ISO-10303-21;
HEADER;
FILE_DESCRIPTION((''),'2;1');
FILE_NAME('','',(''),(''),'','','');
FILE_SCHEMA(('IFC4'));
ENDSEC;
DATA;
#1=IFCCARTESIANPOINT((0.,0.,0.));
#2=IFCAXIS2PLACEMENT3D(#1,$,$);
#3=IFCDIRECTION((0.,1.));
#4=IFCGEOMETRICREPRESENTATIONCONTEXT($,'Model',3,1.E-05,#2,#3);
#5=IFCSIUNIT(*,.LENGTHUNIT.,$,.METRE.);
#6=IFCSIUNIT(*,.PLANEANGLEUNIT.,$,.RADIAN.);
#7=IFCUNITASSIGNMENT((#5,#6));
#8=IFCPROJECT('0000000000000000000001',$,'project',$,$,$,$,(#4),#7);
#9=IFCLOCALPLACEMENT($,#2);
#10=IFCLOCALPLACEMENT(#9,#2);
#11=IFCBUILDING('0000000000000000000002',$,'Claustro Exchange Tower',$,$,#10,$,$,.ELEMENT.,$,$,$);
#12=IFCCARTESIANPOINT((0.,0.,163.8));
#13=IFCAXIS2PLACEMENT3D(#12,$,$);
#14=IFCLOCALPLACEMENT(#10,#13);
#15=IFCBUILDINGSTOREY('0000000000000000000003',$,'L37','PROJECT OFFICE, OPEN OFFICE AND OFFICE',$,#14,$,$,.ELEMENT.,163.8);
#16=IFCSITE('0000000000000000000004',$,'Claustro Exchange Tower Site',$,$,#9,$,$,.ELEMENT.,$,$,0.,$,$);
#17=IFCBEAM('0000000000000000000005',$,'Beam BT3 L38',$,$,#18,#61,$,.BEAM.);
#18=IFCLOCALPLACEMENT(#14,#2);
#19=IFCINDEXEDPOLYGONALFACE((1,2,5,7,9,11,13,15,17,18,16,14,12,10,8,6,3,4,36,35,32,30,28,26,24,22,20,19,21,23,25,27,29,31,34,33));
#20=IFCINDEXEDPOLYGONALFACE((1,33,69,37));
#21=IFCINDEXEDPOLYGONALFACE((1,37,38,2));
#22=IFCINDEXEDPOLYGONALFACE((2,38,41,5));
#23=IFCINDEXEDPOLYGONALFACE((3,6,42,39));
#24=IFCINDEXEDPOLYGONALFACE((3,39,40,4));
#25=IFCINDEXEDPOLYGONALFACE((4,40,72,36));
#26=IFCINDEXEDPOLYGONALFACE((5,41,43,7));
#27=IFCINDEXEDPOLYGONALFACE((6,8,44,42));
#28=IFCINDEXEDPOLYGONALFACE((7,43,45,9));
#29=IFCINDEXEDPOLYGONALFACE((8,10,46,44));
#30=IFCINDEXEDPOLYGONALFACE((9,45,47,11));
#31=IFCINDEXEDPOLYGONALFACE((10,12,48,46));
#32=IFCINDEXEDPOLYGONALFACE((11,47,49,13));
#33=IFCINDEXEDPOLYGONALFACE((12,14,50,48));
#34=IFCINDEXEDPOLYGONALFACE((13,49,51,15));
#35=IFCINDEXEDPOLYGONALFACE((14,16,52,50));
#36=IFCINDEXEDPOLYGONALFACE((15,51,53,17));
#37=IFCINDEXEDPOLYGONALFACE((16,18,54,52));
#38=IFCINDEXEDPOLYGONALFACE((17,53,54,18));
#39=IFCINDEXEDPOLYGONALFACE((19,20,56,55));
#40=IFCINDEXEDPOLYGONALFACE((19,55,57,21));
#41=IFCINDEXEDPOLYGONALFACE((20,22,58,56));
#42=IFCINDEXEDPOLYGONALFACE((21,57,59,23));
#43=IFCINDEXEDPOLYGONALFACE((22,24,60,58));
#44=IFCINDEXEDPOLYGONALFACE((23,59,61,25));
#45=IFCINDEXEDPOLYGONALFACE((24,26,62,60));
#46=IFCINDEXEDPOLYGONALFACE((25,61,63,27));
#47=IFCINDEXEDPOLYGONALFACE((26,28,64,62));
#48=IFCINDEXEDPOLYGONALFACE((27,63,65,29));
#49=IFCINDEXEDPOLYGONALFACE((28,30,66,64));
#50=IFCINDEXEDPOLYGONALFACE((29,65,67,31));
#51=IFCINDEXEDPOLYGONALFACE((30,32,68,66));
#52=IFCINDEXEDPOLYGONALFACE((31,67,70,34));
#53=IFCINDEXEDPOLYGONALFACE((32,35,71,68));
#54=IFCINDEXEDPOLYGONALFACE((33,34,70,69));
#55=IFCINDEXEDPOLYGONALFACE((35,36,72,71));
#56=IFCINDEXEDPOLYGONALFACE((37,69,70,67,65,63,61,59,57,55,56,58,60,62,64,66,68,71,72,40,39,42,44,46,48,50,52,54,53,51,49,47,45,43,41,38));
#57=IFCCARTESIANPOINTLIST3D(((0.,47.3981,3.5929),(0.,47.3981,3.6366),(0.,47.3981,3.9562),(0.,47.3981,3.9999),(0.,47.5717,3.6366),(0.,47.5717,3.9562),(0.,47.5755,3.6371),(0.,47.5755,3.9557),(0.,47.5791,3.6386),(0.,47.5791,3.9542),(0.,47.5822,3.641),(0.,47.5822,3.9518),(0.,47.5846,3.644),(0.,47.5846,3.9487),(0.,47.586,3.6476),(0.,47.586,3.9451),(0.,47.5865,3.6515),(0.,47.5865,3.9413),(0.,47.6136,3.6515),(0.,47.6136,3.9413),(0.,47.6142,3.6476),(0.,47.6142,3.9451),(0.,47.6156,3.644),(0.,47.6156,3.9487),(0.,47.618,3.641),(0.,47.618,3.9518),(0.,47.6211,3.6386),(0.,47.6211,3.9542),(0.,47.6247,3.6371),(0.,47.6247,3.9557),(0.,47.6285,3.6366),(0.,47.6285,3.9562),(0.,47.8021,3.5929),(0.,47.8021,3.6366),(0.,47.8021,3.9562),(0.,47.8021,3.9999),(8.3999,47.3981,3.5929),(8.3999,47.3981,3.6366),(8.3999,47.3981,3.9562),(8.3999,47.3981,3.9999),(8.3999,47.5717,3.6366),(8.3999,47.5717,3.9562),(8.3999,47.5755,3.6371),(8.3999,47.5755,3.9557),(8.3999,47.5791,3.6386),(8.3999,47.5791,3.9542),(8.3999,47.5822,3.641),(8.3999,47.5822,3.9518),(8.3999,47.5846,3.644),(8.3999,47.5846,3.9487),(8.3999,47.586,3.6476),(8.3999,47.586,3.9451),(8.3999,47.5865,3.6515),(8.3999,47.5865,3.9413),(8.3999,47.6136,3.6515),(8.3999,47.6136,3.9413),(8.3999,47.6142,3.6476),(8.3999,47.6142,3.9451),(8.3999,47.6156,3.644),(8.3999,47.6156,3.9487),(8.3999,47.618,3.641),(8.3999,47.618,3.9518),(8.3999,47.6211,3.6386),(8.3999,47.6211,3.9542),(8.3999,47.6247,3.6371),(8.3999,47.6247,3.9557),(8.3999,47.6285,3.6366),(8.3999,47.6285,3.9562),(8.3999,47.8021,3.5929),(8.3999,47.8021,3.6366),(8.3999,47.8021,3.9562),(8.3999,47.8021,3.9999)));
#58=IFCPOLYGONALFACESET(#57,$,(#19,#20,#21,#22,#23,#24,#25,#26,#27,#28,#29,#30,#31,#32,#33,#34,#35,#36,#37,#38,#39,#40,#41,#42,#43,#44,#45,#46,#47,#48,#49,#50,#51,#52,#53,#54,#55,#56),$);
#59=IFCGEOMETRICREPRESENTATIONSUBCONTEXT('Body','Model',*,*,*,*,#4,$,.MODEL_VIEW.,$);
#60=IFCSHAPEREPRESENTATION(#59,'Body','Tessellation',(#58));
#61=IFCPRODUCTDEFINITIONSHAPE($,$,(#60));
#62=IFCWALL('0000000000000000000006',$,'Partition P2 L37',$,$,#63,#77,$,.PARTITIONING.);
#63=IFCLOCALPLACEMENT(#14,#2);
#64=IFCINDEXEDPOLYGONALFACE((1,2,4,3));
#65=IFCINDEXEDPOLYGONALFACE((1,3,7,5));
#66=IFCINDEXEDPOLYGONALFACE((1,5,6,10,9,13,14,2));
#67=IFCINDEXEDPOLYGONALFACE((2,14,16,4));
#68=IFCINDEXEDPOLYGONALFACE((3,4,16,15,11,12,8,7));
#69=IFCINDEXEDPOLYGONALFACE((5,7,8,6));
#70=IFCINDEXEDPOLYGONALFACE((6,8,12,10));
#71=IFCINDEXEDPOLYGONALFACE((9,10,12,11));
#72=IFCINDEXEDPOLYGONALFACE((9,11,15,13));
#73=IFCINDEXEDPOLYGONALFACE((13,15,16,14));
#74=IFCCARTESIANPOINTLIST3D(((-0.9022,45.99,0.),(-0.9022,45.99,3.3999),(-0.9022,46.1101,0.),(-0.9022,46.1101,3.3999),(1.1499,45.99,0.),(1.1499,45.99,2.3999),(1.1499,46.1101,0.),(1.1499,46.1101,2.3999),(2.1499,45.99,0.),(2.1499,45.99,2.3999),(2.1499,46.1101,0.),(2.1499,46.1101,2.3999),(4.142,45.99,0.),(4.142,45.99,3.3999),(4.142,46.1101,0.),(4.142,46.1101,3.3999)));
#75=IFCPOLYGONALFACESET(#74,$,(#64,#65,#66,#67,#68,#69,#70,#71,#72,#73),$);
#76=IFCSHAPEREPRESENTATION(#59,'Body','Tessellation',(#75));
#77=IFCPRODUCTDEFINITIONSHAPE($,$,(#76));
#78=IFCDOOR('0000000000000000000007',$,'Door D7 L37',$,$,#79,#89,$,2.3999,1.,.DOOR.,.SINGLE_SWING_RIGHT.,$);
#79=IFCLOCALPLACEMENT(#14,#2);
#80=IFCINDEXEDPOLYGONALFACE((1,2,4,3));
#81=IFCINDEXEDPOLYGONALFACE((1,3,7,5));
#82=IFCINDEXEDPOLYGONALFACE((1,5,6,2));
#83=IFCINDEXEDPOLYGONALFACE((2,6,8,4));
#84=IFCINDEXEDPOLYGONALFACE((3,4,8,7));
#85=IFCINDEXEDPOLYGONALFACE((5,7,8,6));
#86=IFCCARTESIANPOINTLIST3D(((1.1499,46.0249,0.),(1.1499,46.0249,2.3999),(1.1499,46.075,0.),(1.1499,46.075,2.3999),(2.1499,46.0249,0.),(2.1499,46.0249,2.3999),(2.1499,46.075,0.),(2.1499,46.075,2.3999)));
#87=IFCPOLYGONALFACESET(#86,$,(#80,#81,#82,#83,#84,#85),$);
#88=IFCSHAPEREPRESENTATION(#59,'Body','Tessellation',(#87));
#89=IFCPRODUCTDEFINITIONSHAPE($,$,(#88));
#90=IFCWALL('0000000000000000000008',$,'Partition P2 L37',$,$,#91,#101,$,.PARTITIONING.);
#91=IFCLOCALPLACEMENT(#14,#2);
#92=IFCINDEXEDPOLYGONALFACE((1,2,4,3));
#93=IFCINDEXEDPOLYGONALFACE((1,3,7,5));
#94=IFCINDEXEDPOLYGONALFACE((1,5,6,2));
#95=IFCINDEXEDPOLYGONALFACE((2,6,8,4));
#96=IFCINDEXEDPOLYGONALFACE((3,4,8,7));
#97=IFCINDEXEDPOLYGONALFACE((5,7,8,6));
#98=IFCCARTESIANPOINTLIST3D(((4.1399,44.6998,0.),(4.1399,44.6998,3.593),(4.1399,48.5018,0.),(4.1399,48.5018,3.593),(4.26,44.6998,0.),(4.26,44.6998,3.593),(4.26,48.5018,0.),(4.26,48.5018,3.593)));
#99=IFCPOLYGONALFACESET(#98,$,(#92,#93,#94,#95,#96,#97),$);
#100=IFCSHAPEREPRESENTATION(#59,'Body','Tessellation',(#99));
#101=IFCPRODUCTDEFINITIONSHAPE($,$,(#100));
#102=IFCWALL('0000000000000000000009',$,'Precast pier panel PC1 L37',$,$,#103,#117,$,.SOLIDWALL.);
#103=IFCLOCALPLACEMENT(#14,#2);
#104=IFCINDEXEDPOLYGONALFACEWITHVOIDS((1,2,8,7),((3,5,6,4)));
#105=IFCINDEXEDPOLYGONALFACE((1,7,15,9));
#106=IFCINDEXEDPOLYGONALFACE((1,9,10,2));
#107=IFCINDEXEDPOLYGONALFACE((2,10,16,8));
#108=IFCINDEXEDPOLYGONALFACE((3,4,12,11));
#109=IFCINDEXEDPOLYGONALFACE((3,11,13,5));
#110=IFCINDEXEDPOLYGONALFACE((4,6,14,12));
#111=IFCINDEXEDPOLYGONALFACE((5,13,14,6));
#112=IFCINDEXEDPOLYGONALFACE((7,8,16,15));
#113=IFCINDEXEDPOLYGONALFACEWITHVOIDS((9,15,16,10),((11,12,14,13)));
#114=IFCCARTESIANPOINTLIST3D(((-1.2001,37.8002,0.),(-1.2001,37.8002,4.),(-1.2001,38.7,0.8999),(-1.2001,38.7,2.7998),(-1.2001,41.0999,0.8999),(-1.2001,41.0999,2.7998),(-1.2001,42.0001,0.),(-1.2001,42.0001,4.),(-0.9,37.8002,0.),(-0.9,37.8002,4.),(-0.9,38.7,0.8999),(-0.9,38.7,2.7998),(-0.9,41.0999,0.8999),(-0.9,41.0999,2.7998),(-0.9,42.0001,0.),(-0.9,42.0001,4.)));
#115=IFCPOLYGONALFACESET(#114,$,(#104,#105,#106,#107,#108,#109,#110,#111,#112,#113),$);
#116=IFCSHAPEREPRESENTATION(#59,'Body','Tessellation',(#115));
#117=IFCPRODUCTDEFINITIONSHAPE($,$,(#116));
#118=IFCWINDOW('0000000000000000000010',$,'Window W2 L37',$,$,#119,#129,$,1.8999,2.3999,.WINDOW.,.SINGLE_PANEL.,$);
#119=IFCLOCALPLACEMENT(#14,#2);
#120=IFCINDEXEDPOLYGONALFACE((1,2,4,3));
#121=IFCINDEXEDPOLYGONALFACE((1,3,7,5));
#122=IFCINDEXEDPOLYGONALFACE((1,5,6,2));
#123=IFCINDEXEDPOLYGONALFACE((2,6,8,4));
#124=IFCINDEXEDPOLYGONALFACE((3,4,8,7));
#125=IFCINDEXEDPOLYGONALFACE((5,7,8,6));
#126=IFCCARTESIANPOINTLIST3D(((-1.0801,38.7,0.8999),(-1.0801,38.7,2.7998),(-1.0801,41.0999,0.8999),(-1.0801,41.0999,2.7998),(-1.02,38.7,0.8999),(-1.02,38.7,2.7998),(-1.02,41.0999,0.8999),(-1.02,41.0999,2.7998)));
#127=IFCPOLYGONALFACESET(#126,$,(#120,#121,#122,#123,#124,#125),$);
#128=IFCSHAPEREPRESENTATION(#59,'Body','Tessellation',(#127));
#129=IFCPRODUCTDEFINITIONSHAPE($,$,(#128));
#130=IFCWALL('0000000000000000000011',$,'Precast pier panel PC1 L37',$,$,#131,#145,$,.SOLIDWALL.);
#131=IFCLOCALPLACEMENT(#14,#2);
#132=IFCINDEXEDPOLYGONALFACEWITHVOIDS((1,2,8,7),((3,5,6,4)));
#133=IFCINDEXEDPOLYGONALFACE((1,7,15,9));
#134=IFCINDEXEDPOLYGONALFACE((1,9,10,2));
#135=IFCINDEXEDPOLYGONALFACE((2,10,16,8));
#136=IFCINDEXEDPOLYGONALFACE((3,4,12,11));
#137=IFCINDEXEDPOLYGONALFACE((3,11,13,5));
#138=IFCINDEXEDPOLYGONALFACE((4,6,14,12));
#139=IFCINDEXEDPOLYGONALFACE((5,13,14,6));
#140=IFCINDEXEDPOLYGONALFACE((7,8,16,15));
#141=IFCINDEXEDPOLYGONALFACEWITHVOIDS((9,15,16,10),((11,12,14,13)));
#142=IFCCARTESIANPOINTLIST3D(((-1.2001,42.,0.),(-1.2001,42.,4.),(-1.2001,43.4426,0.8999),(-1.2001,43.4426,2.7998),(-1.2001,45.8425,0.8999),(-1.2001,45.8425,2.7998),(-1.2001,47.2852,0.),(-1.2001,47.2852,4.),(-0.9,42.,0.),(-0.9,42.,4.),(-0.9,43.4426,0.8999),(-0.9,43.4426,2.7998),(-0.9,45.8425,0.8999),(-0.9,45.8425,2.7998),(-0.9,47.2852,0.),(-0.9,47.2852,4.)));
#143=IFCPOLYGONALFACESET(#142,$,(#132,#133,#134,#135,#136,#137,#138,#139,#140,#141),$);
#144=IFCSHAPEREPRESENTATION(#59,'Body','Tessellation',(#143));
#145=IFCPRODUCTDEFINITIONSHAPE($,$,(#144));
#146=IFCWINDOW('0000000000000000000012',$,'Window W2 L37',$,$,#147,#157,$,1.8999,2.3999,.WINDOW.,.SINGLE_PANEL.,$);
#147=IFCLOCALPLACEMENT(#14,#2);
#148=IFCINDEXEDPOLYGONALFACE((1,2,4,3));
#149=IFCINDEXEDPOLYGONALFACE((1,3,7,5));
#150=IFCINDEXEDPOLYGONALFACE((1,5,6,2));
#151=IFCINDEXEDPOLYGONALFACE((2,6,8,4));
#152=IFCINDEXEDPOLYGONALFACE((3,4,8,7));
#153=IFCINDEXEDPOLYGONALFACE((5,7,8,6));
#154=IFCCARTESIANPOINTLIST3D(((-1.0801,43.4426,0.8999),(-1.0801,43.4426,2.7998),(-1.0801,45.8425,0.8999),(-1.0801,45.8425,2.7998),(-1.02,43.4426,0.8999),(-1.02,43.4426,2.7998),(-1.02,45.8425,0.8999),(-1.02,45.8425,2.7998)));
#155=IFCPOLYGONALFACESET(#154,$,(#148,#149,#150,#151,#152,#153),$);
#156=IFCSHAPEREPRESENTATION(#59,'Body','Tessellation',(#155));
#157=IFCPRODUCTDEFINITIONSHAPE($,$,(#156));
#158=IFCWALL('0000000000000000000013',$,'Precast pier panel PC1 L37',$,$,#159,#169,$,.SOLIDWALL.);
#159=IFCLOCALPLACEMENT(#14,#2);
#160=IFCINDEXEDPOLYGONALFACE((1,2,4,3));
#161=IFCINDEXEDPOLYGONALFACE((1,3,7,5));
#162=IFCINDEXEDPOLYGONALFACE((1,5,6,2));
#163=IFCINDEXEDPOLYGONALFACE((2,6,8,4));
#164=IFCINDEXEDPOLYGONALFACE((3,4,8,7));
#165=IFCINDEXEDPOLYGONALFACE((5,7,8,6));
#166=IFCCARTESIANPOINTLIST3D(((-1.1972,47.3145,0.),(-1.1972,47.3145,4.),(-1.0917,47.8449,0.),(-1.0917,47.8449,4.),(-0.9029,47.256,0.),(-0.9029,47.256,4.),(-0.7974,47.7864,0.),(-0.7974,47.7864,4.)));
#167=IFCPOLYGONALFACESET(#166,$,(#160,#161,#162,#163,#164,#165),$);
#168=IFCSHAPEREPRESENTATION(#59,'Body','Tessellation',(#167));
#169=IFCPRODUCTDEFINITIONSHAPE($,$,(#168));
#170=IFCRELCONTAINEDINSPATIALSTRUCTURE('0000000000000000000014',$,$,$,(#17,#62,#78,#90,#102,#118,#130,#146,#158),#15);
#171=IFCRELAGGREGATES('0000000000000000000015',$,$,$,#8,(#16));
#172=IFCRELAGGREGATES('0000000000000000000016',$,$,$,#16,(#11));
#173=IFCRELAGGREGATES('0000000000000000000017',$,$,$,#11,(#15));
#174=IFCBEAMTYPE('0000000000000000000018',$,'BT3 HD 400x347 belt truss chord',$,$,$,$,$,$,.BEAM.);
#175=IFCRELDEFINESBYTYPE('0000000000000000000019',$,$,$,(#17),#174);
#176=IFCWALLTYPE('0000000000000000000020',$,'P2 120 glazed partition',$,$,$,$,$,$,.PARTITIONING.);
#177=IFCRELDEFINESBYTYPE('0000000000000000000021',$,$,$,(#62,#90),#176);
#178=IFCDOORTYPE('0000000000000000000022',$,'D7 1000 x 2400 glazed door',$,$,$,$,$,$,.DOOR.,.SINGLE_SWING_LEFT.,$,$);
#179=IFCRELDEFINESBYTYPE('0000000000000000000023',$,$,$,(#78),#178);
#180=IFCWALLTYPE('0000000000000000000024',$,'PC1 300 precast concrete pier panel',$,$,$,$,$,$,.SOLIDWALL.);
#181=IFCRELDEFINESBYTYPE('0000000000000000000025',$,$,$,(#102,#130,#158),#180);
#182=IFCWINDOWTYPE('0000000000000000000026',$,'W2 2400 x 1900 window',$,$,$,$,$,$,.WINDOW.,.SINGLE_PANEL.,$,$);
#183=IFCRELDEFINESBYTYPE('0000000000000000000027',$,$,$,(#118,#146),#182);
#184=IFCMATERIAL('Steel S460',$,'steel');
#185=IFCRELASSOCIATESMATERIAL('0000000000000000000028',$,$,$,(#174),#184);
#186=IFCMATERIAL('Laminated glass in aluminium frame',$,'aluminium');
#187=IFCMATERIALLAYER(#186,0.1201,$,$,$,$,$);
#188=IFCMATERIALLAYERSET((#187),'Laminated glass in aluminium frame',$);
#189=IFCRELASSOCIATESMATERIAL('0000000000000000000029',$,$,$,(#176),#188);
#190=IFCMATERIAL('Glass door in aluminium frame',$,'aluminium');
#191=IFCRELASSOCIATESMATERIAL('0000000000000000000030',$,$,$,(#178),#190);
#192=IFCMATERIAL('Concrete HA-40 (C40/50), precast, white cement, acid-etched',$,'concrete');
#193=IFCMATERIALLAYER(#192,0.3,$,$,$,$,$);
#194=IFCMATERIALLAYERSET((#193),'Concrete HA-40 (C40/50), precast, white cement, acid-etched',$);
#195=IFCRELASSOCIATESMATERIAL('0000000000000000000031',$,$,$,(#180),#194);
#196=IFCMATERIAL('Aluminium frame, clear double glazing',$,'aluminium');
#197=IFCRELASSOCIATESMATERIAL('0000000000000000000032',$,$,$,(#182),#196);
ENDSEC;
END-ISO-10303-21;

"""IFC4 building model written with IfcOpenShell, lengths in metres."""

from ifc_helpers import new_model, si_unit, direction, frame, frame_2d, origin, origin_2d, place, context, subcontext, project, spatial, rectangle, i_section, extrude, material, layer, layer_set, material_profile, profile_set, type_object, element, fill, save


model = new_model("IFC4")

# Units and contexts
model_context = context("Model", 3, precision=1e-05, world=origin(), true_north=direction((0.0, 1.0)))
body_context = subcontext(model_context, "Body", "Model", "MODEL_VIEW")
ifc_project = project(units=[si_unit("LENGTHUNIT", "METRE"), si_unit("PLANEANGLEUNIT", "RADIAN")], contexts=[model_context])

# Site, building, storey
site_placement = place(None, origin())
site = spatial("IfcSite", under=ifc_project, at=site_placement, Name="Claustro Exchange Tower Site", CompositionType="ELEMENT", RefElevation=0.0)
building_placement = place(site_placement, origin())
building = spatial("IfcBuilding", under=site, at=building_placement, Name="Claustro Exchange Tower", CompositionType="ELEMENT")
storey_placement = place(building_placement, frame((0.0, 0.0, 163.8)))
storey = spatial("IfcBuildingStorey", under=building, at=storey_placement, Name="L37", Description="PROJECT OFFICE, OPEN OFFICE AND OFFICE", CompositionType="ELEMENT", Elevation=163.8)

# Beam
ifc_material_1 = material(Name="Steel S460", Category="steel")
ifc_material_profile_1 = material_profile(ifc_material_1, i_section(OverallWidth=0.4041, OverallDepth=0.407, WebThickness=0.0271, FlangeThickness=0.0437, FilletRadius=0.0149, at=origin_2d()), Name="HD 400x347")
ifc_profile_set_1 = profile_set([ifc_material_profile_1], Name="Steel S460")
beam_type_1 = type_object("IfcBeamType", Name="BT3 HD 400x347 belt truss chord", PredefinedType="BEAM", material=ifc_profile_set_1)
beam_1_placement = place(storey_placement, frame((0.0, 47.6001, 3.7964), z_axis=(1.0, 0.0, 0.0), x_axis=(0.0, 1.0, 0.0)))
element("IfcBeam", 1, at=beam_1_placement, inside=storey, type_object=beam_type_1, Name="Beam BT3 L38", PredefinedType="BEAM", context=body_context, shape_type="SweptSolid", body=[
    extrude(i_section(OverallWidth=0.4041, OverallDepth=0.407, WebThickness=0.0271, FlangeThickness=0.0437, FilletRadius=0.0149, at=origin_2d()), origin(), (0.0, 0.0, 1.0), 8.3999),
])

# Wall, opening, door
ifc_material_2 = material(Name="Laminated glass in aluminium frame", Category="aluminium")
ifc_layer_1 = layer(ifc_material_2, 0.1201)
ifc_layer_set_1 = layer_set([ifc_layer_1], Name="Laminated glass in aluminium frame")
wall_type_1 = type_object("IfcWallType", Name="P2 120 glazed partition", PredefinedType="PARTITIONING", material=ifc_layer_set_1)
wall_1_placement = place(storey_placement, frame((-0.9021, 46.05, 0.0), z_axis=(0.0, 0.0, 1.0), x_axis=(1.0, 0.0, 0.0)))
wall_1 = element("IfcWall", 2, at=wall_1_placement, inside=storey, type_object=wall_type_1, Name="Partition P2 L37", PredefinedType="PARTITIONING", context=body_context, shape_type="SweptSolid", body=[
    extrude(rectangle(XDim=5.0442, YDim=0.1201, at=frame_2d((2.522, 0.0))), origin(), (0.0, 0.0, 1.0), 3.3999),
])
opening_1_placement = place(wall_1_placement, frame((2.052, 0.0, 0.0)))
opening_1 = element("IfcOpeningElement", 3, at=opening_1_placement, cuts=wall_1, PredefinedType="OPENING", context=body_context, shape_type="SweptSolid", body=[
    extrude(rectangle(XDim=1.0, YDim=2.3999, at=frame_2d((0.5, 1.2))), frame((0.0, 0.0701, 0.0), z_axis=(0.0, -1.0, 0.0), x_axis=(1.0, 0.0, 0.0)), (0.0, 0.0, 1.0), 0.1401),
])
ifc_material_3 = material(Name="Glass door in aluminium frame", Category="aluminium")
door_type = type_object("IfcDoorType", Name="D7 1000 x 2400 glazed door", OperationType="SINGLE_SWING_LEFT", PredefinedType="DOOR", material=ifc_material_3)
door_placement = place(opening_1_placement, origin())
door = element("IfcDoor", 4, at=door_placement, inside=storey, type_object=door_type, Name="Door D7 L37", OperationType="SINGLE_SWING_RIGHT", OverallHeight=2.3999, OverallWidth=1.0, PredefinedType="DOOR", context=body_context, shape_type="SweptSolid", body=[
    extrude(rectangle(XDim=1.0, YDim=2.3999, at=frame_2d((0.5, 1.2))), frame((0.0, 0.0249, 0.0), z_axis=(0.0, -1.0, 0.0), x_axis=(1.0, 0.0, 0.0)), (0.0, 0.0, 1.0), 0.05),
])
fill(opening_1, door)

# Wall
wall_2_placement = place(storey_placement, frame((4.2, 44.7, 0.0), z_axis=(0.0, 0.0, 1.0), x_axis=(0.0, 1.0, 0.0)))
element("IfcWall", 5, at=wall_2_placement, inside=storey, type_object=wall_type_1, Name="Partition P2 L37", PredefinedType="PARTITIONING", context=body_context, shape_type="SweptSolid", body=[
    extrude(rectangle(XDim=3.802, YDim=0.1201, at=frame_2d((1.9009, 0.0))), origin(), (0.0, 0.0, 1.0), 3.593),
])

# Walls, openings, windows
ifc_material_4 = material(Name="Concrete HA-40 (C40/50), precast, white cement, acid-etched", Category="concrete")
ifc_layer_2 = layer(ifc_material_4, 0.3)
ifc_layer_set_2 = layer_set([ifc_layer_2], Name="Concrete HA-40 (C40/50), precast, white cement, acid-etched")
wall_type_2 = type_object("IfcWallType", Name="PC1 300 precast concrete pier panel", PredefinedType="SOLIDWALL", material=ifc_layer_set_2)
wall_3_placement = place(storey_placement, frame((-1.05, 37.8, 0.0), z_axis=(0.0, 0.0, 1.0), x_axis=(0.0, 1.0, 0.0)))
wall_3 = element("IfcWall", 6, at=wall_3_placement, inside=storey, type_object=wall_type_2, Name="Precast pier panel PC1 L37", PredefinedType="SOLIDWALL", context=body_context, shape_type="SweptSolid", body=[
    extrude(rectangle(XDim=4.2, YDim=0.3, at=frame_2d((2.1001, 0.0))), origin(), (0.0, 0.0, 1.0), 4.0),
])
opening_2_placement = place(wall_3_placement, frame((0.8999, 0.0, 0.8999)))
opening_2 = element("IfcOpeningElement", 7, at=opening_2_placement, cuts=wall_3, PredefinedType="OPENING", context=body_context, shape_type="SweptSolid", body=[
    extrude(rectangle(XDim=2.3999, YDim=1.8999, at=frame_2d((1.2, 0.95))), frame((0.0, 0.1599, 0.0), z_axis=(0.0, -1.0, 0.0), x_axis=(1.0, 0.0, 0.0)), (0.0, 0.0, 1.0), 0.3201),
])
ifc_material_5 = material(Name="Aluminium frame, clear double glazing", Category="aluminium")
window_type_1 = type_object("IfcWindowType", Name="W2 2400 x 1900 window", PartitioningType="SINGLE_PANEL", PredefinedType="WINDOW", material=ifc_material_5)
window_1_placement = place(opening_2_placement, origin())
window_1 = element("IfcWindow", 8, at=window_1_placement, inside=storey, type_object=window_type_1, Name="Window W2 L37", OverallHeight=1.8999, OverallWidth=2.3999, PartitioningType="SINGLE_PANEL", PredefinedType="WINDOW", context=body_context, shape_type="SweptSolid", body=[
    extrude(rectangle(XDim=2.3999, YDim=1.8999, at=frame_2d((1.2, 0.95))), frame((0.0, 0.03, 0.0), z_axis=(0.0, -1.0, 0.0), x_axis=(1.0, 0.0, 0.0)), (0.0, 0.0, 1.0), 0.0601),
])
fill(opening_2, window_1)
wall_4_placement = place(storey_placement, frame((-1.05, 42.0, 0.0), z_axis=(0.0, 0.0, 1.0), x_axis=(0.0, 1.0, 0.0)))
wall_4 = element("IfcWall", 9, at=wall_4_placement, inside=storey, type_object=wall_type_2, Name="Precast pier panel PC1 L37", PredefinedType="SOLIDWALL", context=body_context, shape_type="SweptSolid", body=[
    extrude(rectangle(XDim=5.2852, YDim=0.3, at=frame_2d((2.6426, 0.0))), origin(), (0.0, 0.0, 1.0), 4.0),
])
opening_3_placement = place(wall_4_placement, frame((1.4426, 0.0, 0.8999)))
opening_3 = element("IfcOpeningElement", 10, at=opening_3_placement, cuts=wall_4, PredefinedType="OPENING", context=body_context, shape_type="SweptSolid", body=[
    extrude(rectangle(XDim=2.3999, YDim=1.8999, at=frame_2d((1.2, 0.95))), frame((0.0, 0.1599, 0.0), z_axis=(0.0, -1.0, 0.0), x_axis=(1.0, 0.0, 0.0)), (0.0, 0.0, 1.0), 0.3201),
])
window_2_placement = place(opening_3_placement, origin())
window_2 = element("IfcWindow", 11, at=window_2_placement, inside=storey, type_object=window_type_1, Name="Window W2 L37", OverallHeight=1.8999, OverallWidth=2.3999, PartitioningType="SINGLE_PANEL", PredefinedType="WINDOW", context=body_context, shape_type="SweptSolid", body=[
    extrude(rectangle(XDim=2.3999, YDim=1.8999, at=frame_2d((1.2, 0.95))), frame((0.0, 0.03, 0.0), z_axis=(0.0, -1.0, 0.0), x_axis=(1.0, 0.0, 0.0)), (0.0, 0.0, 1.0), 0.0601),
])
fill(opening_3, window_2)

# Wall
wall_5_placement = place(storey_placement, frame((-1.05, 47.2852, 0.0), z_axis=(0.0, 0.0, 1.0), x_axis=(0.195074, 0.980789, 0.0)))
element("IfcWall", 12, at=wall_5_placement, inside=storey, type_object=wall_type_2, Name="Precast pier panel PC1 L37", PredefinedType="SOLIDWALL", context=body_context, shape_type="SweptSolid", body=[
    extrude(rectangle(XDim=0.5408, YDim=0.3, at=frame_2d((0.2705, 0.0))), origin(), (0.0, 0.0, 1.0), 4.0),
])

save(model, "model.ifc")
